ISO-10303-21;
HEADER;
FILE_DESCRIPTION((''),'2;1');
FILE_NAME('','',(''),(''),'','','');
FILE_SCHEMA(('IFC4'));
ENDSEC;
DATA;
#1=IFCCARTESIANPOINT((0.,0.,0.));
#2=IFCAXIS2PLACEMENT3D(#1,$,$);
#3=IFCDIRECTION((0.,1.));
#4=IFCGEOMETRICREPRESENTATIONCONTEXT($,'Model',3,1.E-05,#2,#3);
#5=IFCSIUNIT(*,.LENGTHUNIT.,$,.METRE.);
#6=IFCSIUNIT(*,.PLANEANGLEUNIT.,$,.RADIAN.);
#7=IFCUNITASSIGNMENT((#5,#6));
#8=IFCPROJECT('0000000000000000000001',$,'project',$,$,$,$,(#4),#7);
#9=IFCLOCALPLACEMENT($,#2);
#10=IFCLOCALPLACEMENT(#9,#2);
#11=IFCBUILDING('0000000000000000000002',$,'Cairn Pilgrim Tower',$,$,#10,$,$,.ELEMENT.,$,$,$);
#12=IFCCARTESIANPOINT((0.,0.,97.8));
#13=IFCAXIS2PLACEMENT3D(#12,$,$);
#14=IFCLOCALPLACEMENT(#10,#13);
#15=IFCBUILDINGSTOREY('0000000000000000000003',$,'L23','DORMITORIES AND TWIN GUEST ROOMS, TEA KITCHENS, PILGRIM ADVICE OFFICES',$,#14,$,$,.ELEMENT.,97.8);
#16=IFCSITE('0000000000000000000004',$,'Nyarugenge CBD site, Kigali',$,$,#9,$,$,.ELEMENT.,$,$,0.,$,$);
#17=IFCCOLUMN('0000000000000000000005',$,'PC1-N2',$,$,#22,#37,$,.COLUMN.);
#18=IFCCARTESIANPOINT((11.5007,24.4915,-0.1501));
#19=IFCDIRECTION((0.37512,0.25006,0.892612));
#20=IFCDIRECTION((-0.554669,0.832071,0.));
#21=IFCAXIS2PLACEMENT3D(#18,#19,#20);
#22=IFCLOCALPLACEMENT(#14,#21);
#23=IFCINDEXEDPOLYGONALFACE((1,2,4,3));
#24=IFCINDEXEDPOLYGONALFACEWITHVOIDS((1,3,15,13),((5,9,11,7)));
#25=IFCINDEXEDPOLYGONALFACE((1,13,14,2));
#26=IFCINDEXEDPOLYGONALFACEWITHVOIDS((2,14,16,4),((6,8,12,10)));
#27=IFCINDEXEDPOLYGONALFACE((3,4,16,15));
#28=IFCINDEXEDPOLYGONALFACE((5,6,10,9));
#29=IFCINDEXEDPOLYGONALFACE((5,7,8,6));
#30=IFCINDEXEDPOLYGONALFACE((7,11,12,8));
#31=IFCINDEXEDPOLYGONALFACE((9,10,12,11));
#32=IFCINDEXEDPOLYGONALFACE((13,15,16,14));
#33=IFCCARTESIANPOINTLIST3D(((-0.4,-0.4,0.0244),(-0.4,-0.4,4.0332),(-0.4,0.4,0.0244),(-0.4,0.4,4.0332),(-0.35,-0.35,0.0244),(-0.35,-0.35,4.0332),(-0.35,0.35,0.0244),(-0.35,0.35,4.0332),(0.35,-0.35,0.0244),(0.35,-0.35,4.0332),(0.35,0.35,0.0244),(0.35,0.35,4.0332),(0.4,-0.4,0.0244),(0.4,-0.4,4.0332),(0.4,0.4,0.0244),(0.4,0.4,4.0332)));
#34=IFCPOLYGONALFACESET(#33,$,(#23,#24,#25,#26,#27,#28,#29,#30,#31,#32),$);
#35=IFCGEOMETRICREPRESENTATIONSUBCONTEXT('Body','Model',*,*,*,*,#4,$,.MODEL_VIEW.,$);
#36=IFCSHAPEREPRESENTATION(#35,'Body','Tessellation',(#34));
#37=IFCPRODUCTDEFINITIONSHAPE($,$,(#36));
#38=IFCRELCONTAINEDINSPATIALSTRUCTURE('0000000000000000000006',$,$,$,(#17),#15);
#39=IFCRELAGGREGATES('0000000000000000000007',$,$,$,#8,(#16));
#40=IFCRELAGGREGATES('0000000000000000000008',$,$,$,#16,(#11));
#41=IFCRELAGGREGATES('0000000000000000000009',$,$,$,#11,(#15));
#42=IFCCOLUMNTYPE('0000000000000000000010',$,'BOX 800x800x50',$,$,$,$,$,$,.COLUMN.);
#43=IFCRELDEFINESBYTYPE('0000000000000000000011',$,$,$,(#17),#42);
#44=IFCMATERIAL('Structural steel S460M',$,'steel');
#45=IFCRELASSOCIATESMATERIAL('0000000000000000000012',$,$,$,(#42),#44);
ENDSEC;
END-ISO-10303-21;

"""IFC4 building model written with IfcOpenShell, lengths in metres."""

from ifc_helpers import new_model, si_unit, direction, frame, origin, origin_2d, place, context, subcontext, project, spatial, hollow_rectangle, extrude, clip, halfspace, material, material_profile, profile_set, type_object, element, save


model = new_model("IFC4")

# Units and contexts
model_context = context("Model", 3, precision=1e-05, world=origin(), true_north=direction((0.0, 1.0)))
body_context = subcontext(model_context, "Body", "Model", "MODEL_VIEW")
ifc_project = project(units=[si_unit("LENGTHUNIT", "METRE"), si_unit("PLANEANGLEUNIT", "RADIAN")], contexts=[model_context])

# Site, building, storey
site_placement = place(None, origin())
site = spatial("IfcSite", under=ifc_project, at=site_placement, Name="Nyarugenge CBD site, Kigali", CompositionType="ELEMENT", RefElevation=0.0)
building_placement = place(site_placement, origin())
building = spatial("IfcBuilding", under=site, at=building_placement, Name="Cairn Pilgrim Tower", CompositionType="ELEMENT")
storey_placement = place(building_placement, frame((0.0, 0.0, 97.8)))
storey = spatial("IfcBuildingStorey", under=building, at=storey_placement, Name="L23", Description="DORMITORIES AND TWIN GUEST ROOMS, TEA KITCHENS, PILGRIM ADVICE OFFICES", CompositionType="ELEMENT", Elevation=97.8)

# Column
ifc_material_1 = material(Name="Structural steel S460M", Category="steel")
ifc_material_profile_1 = material_profile(ifc_material_1, hollow_rectangle(XDim=0.8, YDim=0.8, WallThickness=0.05, at=origin_2d()), Name="BOX 800x800x50")
ifc_profile_set_1 = profile_set([ifc_material_profile_1], Name="Structural steel S460M")
column_type_1 = type_object("IfcColumnType", Name="BOX 800x800x50", PredefinedType="COLUMN", material=ifc_profile_set_1)
column_1_placement = place(storey_placement, frame((11.5007, 24.4915, -0.1501), z_axis=(0.37512, 0.25006, 0.892612), x_axis=(-0.554669, 0.832071, 0.0)))
element("IfcColumn", 1, at=column_1_placement, inside=storey, type_object=column_type_1, Name="PC1-N2", PredefinedType="COLUMN", context=body_context, shape_type="Clipping", body=[
    clip(extrude(hollow_rectangle(XDim=0.8, YDim=0.8, WallThickness=0.05, at=origin_2d()), origin(), (0.0, 0.0, 1.0), 4.0332), halfspace(frame((0.0, 0.0, 0.0244), z_axis=(0.0, 0.0, 1.0), x_axis=(1.0, 0.0, 0.0)), True)),
])

save(model, "model.ifc")
